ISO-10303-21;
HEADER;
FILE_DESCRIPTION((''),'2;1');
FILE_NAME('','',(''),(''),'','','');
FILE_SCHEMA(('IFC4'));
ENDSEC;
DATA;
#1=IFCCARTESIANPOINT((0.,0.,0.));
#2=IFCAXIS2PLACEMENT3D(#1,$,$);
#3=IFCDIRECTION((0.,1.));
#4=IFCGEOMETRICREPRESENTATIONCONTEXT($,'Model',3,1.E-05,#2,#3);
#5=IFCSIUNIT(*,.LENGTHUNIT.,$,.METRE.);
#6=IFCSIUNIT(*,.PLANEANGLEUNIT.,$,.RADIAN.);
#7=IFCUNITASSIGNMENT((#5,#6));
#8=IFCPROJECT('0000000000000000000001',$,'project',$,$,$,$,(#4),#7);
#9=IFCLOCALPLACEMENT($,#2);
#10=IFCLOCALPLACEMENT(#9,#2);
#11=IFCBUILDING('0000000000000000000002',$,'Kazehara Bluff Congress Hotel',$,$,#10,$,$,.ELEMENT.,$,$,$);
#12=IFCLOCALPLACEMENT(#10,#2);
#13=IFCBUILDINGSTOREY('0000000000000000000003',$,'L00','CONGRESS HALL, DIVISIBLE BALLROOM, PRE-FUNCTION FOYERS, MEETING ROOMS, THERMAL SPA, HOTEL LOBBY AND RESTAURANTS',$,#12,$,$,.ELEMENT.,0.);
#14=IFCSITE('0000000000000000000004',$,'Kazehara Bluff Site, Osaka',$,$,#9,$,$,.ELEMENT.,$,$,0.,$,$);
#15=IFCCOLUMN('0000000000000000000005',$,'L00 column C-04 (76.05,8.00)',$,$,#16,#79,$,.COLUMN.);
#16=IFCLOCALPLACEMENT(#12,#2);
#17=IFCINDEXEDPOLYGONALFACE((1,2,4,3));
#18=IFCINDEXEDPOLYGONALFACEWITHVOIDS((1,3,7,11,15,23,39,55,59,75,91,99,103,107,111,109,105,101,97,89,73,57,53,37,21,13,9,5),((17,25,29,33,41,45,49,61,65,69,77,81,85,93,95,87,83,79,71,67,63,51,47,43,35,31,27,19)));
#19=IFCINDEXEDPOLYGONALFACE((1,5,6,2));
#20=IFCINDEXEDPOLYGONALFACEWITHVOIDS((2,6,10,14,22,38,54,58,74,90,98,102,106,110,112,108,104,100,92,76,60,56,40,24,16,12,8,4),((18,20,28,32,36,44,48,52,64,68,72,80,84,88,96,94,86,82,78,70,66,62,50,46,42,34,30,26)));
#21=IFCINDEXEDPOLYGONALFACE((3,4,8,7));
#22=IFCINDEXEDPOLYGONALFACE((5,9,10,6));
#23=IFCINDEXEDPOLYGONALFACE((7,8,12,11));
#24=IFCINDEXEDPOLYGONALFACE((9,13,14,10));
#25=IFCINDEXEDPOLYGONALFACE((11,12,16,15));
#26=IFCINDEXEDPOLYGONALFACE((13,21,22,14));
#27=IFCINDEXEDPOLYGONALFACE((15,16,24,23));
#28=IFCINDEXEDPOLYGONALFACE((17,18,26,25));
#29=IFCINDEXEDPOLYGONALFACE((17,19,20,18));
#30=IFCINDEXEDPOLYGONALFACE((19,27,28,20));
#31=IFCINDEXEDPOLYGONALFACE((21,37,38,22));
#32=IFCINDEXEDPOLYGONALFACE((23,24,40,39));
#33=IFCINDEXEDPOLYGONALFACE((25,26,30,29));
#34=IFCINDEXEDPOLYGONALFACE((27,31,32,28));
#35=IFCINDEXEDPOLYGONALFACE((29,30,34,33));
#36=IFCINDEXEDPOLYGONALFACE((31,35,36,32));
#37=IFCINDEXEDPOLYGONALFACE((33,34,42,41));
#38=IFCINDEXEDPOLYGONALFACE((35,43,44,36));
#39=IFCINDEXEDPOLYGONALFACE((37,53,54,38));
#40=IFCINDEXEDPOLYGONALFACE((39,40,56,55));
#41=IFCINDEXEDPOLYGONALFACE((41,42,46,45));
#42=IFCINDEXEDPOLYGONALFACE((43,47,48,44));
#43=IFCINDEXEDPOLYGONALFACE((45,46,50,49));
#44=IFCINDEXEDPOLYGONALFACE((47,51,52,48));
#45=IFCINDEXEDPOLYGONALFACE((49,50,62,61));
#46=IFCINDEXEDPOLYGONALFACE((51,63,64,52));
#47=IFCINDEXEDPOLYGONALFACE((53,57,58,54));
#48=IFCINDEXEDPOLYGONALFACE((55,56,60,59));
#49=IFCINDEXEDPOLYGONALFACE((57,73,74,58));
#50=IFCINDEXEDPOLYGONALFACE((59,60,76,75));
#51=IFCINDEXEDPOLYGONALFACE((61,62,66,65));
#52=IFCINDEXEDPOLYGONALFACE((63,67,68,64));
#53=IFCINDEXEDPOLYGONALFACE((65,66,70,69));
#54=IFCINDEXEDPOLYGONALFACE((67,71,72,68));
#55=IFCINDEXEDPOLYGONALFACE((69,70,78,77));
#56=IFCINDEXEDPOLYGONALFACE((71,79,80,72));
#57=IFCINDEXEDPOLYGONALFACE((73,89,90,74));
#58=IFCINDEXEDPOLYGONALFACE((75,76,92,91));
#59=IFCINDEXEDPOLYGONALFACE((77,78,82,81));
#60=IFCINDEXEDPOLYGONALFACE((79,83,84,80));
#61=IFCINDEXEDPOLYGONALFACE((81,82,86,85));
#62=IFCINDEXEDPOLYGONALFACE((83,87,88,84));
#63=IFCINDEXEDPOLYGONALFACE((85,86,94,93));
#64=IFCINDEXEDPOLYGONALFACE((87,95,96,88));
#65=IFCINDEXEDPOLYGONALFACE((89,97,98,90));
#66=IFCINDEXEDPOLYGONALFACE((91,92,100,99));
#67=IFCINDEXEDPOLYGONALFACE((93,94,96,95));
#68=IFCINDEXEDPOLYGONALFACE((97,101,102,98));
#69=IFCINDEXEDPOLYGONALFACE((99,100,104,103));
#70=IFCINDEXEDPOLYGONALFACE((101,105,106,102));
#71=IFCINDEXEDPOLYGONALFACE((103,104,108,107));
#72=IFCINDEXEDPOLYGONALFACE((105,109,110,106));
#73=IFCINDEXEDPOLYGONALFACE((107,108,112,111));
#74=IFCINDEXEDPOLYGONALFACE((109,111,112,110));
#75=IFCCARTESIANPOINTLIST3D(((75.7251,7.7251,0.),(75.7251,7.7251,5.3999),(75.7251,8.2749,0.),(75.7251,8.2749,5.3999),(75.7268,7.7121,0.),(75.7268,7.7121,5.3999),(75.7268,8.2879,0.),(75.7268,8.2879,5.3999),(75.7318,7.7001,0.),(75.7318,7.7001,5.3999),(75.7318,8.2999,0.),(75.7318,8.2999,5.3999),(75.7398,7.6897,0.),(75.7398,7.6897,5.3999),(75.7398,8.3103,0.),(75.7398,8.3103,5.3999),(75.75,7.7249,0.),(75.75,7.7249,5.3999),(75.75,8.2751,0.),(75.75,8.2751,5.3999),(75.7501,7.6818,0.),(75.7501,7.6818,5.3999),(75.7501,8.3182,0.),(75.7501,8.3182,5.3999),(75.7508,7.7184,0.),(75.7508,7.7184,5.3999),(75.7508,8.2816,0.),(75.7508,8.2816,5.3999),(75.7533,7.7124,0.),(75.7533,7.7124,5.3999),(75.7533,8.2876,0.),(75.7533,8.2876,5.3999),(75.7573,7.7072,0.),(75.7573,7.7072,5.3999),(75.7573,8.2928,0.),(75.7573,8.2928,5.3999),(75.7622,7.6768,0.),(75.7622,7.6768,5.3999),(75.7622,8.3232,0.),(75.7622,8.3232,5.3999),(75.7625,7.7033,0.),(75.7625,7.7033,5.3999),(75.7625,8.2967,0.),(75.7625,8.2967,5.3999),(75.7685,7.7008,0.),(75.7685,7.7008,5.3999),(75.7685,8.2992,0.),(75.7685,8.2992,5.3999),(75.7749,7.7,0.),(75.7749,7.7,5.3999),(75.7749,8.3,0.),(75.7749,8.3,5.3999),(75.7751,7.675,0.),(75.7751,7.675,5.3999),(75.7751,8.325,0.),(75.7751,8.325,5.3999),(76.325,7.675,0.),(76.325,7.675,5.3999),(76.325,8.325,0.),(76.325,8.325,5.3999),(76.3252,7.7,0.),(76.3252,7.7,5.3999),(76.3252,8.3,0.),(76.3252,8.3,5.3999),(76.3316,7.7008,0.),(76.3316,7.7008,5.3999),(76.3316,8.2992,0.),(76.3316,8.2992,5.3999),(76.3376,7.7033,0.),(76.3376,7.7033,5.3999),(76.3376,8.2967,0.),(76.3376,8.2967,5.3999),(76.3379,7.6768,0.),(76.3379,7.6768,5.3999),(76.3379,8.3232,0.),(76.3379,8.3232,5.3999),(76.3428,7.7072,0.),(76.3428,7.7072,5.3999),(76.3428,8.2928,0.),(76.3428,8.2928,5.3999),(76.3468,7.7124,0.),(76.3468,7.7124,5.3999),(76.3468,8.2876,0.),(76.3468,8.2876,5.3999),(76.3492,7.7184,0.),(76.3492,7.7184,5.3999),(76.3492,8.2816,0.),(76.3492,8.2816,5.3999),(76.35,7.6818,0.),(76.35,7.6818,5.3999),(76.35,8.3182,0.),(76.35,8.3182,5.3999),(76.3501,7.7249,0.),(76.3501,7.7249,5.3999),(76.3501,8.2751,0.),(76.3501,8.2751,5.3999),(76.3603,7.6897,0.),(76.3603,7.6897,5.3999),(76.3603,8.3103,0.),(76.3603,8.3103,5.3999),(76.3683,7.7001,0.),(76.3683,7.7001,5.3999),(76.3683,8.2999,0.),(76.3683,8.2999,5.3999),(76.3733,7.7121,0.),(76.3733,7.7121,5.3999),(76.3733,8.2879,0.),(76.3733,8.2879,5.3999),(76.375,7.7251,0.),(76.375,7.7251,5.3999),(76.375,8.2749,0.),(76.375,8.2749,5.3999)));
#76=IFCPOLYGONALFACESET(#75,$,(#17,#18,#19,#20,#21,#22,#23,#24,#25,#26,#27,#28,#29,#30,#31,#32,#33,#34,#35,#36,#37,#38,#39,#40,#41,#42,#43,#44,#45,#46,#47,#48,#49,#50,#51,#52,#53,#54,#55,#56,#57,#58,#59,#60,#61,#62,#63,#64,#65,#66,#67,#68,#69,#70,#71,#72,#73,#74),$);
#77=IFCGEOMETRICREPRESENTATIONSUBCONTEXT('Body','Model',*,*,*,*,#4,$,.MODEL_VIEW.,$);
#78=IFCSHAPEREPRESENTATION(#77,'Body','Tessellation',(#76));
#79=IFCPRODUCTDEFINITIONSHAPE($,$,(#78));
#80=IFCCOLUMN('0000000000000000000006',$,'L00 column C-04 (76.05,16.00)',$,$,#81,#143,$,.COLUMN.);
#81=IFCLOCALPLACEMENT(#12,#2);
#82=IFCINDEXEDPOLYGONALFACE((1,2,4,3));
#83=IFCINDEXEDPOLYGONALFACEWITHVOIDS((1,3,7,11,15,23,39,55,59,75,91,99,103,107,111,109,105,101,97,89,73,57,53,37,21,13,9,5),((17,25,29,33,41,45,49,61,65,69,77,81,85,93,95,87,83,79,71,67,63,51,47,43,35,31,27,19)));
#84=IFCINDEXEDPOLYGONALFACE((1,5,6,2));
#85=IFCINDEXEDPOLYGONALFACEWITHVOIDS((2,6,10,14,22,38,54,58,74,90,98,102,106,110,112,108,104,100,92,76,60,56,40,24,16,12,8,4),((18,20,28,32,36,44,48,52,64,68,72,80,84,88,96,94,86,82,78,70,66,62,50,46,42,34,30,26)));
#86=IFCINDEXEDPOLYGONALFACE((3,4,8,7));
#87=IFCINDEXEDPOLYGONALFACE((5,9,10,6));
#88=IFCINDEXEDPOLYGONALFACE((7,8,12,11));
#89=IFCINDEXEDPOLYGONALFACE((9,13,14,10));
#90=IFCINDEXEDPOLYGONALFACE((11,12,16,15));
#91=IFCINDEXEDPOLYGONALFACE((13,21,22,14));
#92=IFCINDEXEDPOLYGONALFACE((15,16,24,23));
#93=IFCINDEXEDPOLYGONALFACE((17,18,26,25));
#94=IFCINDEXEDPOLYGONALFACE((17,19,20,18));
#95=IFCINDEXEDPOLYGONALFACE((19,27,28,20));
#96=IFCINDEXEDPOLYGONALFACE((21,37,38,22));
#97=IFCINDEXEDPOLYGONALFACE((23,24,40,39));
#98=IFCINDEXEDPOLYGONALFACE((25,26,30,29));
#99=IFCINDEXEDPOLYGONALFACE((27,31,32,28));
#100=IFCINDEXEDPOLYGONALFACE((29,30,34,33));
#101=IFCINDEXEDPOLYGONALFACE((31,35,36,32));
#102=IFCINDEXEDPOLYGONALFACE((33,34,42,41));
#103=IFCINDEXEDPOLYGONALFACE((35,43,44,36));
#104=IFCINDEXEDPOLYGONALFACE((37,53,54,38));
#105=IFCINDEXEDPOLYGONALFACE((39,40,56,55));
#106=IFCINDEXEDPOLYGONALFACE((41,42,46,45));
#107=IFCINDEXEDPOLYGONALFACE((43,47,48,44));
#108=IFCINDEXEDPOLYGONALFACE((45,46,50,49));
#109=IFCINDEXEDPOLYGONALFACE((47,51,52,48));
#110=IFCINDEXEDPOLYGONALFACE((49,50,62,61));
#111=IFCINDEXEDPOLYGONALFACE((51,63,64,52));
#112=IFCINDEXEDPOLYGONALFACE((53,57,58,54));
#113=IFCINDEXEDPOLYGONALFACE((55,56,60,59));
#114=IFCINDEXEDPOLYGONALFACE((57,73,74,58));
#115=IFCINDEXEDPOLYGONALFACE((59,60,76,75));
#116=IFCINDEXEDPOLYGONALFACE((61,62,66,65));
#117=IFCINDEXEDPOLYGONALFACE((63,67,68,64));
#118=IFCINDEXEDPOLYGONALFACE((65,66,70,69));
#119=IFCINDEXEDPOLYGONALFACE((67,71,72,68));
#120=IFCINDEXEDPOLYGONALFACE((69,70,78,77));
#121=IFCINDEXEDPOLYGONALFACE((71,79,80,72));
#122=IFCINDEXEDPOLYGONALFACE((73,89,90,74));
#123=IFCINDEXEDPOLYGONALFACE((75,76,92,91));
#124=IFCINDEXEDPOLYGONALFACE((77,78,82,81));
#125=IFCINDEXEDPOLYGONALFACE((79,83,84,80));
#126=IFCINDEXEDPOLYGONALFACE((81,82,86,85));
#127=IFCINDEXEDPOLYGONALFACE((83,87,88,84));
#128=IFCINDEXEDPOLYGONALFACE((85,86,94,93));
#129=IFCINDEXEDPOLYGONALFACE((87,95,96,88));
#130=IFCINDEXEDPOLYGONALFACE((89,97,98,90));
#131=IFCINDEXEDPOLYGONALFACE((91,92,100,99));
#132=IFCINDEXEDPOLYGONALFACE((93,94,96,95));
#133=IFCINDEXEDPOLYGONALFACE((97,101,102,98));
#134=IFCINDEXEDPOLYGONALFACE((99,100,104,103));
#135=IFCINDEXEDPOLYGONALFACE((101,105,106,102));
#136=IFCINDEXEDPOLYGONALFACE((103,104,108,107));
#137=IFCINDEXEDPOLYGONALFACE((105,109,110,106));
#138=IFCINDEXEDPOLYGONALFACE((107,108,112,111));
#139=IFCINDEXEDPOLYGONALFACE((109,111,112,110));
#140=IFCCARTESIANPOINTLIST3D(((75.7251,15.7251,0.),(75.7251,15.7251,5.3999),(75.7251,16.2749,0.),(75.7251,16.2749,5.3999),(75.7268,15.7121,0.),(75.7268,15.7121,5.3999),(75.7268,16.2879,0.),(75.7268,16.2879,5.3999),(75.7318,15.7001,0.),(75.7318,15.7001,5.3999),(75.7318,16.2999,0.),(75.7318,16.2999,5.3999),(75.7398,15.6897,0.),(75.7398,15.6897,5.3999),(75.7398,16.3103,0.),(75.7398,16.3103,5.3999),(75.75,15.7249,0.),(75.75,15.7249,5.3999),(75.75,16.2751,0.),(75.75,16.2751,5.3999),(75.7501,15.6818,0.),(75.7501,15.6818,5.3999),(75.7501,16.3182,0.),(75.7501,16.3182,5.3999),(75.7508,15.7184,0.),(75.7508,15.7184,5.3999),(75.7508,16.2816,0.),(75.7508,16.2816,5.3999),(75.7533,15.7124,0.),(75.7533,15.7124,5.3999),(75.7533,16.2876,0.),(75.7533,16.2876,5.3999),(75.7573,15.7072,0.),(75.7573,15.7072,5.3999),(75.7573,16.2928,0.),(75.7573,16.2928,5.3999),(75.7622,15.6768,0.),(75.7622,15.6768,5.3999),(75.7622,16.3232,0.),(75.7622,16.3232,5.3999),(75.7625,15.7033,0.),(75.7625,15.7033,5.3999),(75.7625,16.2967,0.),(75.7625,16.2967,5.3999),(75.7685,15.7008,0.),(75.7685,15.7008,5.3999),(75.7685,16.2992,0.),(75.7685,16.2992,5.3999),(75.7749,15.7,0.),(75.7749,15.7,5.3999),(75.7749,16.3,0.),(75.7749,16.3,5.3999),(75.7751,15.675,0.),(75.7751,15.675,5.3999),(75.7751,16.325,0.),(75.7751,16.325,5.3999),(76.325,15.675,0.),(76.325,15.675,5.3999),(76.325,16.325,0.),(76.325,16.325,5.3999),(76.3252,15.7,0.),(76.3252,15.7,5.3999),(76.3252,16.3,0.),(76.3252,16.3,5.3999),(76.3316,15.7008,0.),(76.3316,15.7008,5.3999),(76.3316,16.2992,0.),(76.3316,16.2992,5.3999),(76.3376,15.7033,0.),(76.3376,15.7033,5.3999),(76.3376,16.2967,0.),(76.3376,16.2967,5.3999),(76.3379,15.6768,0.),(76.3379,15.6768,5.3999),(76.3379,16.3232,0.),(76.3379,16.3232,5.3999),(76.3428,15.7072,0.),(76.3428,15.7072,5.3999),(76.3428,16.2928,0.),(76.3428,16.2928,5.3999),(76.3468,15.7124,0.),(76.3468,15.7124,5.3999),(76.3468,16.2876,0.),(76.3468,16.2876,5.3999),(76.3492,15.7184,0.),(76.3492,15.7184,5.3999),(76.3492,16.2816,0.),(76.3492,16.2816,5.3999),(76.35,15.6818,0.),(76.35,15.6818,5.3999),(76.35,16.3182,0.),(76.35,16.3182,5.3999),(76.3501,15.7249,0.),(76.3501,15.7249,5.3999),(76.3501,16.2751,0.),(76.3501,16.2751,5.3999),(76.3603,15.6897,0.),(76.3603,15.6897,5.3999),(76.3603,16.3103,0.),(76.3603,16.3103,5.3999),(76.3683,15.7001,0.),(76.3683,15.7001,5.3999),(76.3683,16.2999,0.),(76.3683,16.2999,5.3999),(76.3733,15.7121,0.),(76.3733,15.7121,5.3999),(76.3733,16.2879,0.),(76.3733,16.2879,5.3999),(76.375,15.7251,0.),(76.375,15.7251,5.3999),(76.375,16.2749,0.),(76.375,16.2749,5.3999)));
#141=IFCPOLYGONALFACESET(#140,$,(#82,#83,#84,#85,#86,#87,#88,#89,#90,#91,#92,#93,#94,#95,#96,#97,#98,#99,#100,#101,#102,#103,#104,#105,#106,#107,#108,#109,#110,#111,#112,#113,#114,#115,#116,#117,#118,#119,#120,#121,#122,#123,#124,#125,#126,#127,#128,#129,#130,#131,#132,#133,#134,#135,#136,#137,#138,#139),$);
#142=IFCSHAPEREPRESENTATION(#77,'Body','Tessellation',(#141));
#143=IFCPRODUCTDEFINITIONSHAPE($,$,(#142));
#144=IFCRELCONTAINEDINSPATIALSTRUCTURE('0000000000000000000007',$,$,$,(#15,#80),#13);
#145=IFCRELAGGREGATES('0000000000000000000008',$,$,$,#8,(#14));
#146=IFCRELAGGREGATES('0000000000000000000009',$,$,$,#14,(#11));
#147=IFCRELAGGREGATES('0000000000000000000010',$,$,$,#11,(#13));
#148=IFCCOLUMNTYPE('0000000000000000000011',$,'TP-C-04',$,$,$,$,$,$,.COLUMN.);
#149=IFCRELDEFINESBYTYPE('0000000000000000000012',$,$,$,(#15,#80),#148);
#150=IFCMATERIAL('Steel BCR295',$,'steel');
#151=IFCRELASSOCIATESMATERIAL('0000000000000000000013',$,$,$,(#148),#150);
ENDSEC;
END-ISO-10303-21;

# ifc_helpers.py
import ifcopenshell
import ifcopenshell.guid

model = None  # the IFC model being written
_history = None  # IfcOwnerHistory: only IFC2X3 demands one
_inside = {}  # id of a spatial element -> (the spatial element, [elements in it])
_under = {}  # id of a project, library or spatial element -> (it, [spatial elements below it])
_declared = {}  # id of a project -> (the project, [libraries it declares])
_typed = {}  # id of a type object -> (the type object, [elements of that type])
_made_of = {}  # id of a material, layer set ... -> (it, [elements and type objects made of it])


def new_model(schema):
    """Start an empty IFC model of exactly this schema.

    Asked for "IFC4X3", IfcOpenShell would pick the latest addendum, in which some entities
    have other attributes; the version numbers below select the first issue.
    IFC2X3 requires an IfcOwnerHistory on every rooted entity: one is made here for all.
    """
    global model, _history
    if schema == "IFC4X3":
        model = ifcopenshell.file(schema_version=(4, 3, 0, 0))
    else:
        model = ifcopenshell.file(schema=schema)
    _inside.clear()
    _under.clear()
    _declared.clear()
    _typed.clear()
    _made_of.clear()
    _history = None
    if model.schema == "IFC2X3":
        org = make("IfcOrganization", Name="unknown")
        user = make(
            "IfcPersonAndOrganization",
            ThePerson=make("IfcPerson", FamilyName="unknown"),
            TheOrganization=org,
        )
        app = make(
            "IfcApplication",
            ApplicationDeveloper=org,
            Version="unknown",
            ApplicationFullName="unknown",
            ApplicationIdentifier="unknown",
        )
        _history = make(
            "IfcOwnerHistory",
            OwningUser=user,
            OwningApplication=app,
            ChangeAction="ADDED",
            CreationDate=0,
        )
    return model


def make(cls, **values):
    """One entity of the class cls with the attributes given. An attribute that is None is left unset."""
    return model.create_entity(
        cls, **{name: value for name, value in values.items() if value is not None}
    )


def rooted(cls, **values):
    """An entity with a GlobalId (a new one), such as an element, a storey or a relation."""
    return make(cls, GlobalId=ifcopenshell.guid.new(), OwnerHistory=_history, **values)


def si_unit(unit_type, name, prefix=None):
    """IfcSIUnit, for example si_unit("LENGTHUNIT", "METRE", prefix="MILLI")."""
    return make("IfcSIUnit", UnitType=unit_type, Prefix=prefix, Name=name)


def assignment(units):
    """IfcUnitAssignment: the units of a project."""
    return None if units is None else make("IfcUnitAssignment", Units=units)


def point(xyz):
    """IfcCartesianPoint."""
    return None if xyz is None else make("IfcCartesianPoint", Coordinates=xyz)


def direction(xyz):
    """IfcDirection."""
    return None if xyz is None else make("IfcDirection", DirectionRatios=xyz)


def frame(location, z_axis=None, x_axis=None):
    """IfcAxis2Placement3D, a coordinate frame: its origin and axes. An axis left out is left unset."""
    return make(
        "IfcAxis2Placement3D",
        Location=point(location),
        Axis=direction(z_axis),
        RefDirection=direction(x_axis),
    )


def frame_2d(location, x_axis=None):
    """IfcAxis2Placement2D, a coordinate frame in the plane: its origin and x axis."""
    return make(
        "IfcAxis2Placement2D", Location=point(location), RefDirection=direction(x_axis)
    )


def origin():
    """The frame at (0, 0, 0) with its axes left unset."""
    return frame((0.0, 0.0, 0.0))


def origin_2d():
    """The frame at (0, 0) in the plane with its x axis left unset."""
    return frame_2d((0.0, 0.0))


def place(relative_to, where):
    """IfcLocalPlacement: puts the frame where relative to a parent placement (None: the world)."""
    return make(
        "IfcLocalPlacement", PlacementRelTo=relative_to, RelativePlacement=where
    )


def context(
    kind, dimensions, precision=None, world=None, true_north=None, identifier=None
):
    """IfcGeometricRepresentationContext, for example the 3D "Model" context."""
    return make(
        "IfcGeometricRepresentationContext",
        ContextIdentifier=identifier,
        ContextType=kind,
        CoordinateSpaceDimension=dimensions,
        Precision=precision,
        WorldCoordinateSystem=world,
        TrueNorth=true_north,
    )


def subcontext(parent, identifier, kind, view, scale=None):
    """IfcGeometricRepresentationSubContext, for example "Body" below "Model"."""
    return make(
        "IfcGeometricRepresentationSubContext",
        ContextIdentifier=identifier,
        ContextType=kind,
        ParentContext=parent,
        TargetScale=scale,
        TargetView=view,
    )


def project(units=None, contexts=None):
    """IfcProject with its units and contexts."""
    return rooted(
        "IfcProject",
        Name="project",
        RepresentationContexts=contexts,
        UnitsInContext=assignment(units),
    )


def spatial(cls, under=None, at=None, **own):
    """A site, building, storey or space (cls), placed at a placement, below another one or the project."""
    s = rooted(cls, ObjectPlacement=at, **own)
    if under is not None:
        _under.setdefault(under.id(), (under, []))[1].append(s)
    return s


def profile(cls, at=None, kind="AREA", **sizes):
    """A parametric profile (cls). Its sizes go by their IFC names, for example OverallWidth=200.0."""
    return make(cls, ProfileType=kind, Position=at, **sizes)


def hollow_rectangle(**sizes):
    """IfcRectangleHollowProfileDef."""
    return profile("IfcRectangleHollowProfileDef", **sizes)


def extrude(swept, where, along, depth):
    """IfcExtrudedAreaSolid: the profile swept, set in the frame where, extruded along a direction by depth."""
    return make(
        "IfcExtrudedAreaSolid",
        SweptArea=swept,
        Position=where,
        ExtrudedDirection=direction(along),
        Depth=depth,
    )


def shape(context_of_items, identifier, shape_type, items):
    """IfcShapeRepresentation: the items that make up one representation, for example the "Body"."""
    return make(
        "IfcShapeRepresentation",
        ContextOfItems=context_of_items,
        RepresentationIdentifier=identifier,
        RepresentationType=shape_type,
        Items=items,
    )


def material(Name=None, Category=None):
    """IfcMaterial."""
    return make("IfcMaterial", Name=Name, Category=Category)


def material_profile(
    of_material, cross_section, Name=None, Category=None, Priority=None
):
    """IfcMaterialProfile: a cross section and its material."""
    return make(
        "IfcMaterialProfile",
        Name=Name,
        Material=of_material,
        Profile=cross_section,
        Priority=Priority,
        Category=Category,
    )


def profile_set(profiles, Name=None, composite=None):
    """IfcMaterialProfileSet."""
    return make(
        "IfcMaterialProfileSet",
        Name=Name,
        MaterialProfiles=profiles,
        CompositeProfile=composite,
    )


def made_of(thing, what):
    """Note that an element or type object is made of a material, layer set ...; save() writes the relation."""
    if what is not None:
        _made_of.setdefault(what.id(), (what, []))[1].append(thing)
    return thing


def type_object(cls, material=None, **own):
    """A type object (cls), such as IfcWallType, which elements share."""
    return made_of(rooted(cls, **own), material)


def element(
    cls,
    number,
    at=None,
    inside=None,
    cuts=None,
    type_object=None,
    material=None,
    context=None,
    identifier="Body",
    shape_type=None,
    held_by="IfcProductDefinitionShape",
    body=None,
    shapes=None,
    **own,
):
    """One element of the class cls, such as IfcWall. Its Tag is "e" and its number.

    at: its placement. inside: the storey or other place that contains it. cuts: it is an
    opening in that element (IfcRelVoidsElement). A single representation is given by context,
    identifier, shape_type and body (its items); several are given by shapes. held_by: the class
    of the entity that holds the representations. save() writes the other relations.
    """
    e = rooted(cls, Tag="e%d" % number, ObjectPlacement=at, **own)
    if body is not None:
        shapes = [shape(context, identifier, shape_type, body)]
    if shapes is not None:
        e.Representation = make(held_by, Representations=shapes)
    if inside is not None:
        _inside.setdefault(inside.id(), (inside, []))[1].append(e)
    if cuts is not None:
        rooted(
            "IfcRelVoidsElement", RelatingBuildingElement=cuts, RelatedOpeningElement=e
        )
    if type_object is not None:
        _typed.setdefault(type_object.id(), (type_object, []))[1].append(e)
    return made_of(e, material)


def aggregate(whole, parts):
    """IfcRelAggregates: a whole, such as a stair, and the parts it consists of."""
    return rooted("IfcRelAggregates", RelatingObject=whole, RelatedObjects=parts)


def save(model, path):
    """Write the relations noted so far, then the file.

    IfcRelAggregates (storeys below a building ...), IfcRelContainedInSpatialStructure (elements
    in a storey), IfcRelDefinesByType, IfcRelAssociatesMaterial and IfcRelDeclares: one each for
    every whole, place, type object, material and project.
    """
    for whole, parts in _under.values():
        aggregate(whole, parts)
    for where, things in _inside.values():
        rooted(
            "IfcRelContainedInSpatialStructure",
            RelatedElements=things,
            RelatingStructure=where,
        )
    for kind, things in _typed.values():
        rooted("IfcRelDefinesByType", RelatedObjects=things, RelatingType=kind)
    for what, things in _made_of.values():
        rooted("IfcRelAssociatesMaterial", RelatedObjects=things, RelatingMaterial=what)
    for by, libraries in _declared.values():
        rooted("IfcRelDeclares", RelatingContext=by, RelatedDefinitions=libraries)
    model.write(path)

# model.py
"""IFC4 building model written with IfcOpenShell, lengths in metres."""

from ifc_helpers import new_model, si_unit, direction, frame, origin, origin_2d, place, context, subcontext, project, spatial, hollow_rectangle, extrude, material, material_profile, profile_set, type_object, element, save


model = new_model("IFC4")

# Units and contexts
model_context = context("Model", 3, precision=1e-05, world=origin(), true_north=direction((0.0, 1.0)))
body_context = subcontext(model_context, "Body", "Model", "MODEL_VIEW")
ifc_project = project(units=[si_unit("LENGTHUNIT", "METRE"), si_unit("PLANEANGLEUNIT", "RADIAN")], contexts=[model_context])

# Site, building, storey
site_placement = place(None, origin())
site = spatial("IfcSite", under=ifc_project, at=site_placement, Name="Kazehara Bluff Site, Osaka", CompositionType="ELEMENT", RefElevation=0.0)
building_placement = place(site_placement, origin())
building = spatial("IfcBuilding", under=site, at=building_placement, Name="Kazehara Bluff Congress Hotel", CompositionType="ELEMENT")
storey_placement = place(building_placement, origin())
storey = spatial("IfcBuildingStorey", under=building, at=storey_placement, Name="L00", Description="CONGRESS HALL, DIVISIBLE BALLROOM, PRE-FUNCTION FOYERS, MEETING ROOMS, THERMAL SPA, HOTEL LOBBY AND RESTAURANTS", CompositionType="ELEMENT", Elevation=0.0)

# Columns
ifc_material_1 = material(Name="Steel BCR295", Category="steel")
ifc_material_profile_1 = material_profile(ifc_material_1, hollow_rectangle(XDim=0.6499, YDim=0.6499, WallThickness=0.0249, InnerFilletRadius=0.0249, OuterFilletRadius=0.05, at=origin_2d()))
ifc_profile_set_1 = profile_set([ifc_material_profile_1], Name="Steel BCR295")
column_type = type_object("IfcColumnType", Name="TP-C-04", PredefinedType="COLUMN", material=ifc_profile_set_1)
for number, where, z_axis, x_axis, name in (
    (1, (76.05, 8.0, 0.0), (0.0, 0.0, 1.0), (1.0, 0.0, 0.0), "L00 column C-04 (76.05,8.00)"),
    (2, (76.05, 16.0, 0.0), (0.0, 0.0, 1.0), (1.0, 0.0, 0.0), "L00 column C-04 (76.05,16.00)"),
):
    element("IfcColumn", number, at=place(storey_placement, frame(where, z_axis=z_axis, x_axis=x_axis)), inside=storey, type_object=column_type, Name=name, PredefinedType="COLUMN", context=body_context, shape_type="SweptSolid", body=[
        extrude(hollow_rectangle(XDim=0.6499, YDim=0.6499, WallThickness=0.0249, InnerFilletRadius=0.0249, OuterFilletRadius=0.05, at=origin_2d()), origin(), (0.0, 0.0, 1.0), 5.3999),
    ])

save(model, "model.ifc")
